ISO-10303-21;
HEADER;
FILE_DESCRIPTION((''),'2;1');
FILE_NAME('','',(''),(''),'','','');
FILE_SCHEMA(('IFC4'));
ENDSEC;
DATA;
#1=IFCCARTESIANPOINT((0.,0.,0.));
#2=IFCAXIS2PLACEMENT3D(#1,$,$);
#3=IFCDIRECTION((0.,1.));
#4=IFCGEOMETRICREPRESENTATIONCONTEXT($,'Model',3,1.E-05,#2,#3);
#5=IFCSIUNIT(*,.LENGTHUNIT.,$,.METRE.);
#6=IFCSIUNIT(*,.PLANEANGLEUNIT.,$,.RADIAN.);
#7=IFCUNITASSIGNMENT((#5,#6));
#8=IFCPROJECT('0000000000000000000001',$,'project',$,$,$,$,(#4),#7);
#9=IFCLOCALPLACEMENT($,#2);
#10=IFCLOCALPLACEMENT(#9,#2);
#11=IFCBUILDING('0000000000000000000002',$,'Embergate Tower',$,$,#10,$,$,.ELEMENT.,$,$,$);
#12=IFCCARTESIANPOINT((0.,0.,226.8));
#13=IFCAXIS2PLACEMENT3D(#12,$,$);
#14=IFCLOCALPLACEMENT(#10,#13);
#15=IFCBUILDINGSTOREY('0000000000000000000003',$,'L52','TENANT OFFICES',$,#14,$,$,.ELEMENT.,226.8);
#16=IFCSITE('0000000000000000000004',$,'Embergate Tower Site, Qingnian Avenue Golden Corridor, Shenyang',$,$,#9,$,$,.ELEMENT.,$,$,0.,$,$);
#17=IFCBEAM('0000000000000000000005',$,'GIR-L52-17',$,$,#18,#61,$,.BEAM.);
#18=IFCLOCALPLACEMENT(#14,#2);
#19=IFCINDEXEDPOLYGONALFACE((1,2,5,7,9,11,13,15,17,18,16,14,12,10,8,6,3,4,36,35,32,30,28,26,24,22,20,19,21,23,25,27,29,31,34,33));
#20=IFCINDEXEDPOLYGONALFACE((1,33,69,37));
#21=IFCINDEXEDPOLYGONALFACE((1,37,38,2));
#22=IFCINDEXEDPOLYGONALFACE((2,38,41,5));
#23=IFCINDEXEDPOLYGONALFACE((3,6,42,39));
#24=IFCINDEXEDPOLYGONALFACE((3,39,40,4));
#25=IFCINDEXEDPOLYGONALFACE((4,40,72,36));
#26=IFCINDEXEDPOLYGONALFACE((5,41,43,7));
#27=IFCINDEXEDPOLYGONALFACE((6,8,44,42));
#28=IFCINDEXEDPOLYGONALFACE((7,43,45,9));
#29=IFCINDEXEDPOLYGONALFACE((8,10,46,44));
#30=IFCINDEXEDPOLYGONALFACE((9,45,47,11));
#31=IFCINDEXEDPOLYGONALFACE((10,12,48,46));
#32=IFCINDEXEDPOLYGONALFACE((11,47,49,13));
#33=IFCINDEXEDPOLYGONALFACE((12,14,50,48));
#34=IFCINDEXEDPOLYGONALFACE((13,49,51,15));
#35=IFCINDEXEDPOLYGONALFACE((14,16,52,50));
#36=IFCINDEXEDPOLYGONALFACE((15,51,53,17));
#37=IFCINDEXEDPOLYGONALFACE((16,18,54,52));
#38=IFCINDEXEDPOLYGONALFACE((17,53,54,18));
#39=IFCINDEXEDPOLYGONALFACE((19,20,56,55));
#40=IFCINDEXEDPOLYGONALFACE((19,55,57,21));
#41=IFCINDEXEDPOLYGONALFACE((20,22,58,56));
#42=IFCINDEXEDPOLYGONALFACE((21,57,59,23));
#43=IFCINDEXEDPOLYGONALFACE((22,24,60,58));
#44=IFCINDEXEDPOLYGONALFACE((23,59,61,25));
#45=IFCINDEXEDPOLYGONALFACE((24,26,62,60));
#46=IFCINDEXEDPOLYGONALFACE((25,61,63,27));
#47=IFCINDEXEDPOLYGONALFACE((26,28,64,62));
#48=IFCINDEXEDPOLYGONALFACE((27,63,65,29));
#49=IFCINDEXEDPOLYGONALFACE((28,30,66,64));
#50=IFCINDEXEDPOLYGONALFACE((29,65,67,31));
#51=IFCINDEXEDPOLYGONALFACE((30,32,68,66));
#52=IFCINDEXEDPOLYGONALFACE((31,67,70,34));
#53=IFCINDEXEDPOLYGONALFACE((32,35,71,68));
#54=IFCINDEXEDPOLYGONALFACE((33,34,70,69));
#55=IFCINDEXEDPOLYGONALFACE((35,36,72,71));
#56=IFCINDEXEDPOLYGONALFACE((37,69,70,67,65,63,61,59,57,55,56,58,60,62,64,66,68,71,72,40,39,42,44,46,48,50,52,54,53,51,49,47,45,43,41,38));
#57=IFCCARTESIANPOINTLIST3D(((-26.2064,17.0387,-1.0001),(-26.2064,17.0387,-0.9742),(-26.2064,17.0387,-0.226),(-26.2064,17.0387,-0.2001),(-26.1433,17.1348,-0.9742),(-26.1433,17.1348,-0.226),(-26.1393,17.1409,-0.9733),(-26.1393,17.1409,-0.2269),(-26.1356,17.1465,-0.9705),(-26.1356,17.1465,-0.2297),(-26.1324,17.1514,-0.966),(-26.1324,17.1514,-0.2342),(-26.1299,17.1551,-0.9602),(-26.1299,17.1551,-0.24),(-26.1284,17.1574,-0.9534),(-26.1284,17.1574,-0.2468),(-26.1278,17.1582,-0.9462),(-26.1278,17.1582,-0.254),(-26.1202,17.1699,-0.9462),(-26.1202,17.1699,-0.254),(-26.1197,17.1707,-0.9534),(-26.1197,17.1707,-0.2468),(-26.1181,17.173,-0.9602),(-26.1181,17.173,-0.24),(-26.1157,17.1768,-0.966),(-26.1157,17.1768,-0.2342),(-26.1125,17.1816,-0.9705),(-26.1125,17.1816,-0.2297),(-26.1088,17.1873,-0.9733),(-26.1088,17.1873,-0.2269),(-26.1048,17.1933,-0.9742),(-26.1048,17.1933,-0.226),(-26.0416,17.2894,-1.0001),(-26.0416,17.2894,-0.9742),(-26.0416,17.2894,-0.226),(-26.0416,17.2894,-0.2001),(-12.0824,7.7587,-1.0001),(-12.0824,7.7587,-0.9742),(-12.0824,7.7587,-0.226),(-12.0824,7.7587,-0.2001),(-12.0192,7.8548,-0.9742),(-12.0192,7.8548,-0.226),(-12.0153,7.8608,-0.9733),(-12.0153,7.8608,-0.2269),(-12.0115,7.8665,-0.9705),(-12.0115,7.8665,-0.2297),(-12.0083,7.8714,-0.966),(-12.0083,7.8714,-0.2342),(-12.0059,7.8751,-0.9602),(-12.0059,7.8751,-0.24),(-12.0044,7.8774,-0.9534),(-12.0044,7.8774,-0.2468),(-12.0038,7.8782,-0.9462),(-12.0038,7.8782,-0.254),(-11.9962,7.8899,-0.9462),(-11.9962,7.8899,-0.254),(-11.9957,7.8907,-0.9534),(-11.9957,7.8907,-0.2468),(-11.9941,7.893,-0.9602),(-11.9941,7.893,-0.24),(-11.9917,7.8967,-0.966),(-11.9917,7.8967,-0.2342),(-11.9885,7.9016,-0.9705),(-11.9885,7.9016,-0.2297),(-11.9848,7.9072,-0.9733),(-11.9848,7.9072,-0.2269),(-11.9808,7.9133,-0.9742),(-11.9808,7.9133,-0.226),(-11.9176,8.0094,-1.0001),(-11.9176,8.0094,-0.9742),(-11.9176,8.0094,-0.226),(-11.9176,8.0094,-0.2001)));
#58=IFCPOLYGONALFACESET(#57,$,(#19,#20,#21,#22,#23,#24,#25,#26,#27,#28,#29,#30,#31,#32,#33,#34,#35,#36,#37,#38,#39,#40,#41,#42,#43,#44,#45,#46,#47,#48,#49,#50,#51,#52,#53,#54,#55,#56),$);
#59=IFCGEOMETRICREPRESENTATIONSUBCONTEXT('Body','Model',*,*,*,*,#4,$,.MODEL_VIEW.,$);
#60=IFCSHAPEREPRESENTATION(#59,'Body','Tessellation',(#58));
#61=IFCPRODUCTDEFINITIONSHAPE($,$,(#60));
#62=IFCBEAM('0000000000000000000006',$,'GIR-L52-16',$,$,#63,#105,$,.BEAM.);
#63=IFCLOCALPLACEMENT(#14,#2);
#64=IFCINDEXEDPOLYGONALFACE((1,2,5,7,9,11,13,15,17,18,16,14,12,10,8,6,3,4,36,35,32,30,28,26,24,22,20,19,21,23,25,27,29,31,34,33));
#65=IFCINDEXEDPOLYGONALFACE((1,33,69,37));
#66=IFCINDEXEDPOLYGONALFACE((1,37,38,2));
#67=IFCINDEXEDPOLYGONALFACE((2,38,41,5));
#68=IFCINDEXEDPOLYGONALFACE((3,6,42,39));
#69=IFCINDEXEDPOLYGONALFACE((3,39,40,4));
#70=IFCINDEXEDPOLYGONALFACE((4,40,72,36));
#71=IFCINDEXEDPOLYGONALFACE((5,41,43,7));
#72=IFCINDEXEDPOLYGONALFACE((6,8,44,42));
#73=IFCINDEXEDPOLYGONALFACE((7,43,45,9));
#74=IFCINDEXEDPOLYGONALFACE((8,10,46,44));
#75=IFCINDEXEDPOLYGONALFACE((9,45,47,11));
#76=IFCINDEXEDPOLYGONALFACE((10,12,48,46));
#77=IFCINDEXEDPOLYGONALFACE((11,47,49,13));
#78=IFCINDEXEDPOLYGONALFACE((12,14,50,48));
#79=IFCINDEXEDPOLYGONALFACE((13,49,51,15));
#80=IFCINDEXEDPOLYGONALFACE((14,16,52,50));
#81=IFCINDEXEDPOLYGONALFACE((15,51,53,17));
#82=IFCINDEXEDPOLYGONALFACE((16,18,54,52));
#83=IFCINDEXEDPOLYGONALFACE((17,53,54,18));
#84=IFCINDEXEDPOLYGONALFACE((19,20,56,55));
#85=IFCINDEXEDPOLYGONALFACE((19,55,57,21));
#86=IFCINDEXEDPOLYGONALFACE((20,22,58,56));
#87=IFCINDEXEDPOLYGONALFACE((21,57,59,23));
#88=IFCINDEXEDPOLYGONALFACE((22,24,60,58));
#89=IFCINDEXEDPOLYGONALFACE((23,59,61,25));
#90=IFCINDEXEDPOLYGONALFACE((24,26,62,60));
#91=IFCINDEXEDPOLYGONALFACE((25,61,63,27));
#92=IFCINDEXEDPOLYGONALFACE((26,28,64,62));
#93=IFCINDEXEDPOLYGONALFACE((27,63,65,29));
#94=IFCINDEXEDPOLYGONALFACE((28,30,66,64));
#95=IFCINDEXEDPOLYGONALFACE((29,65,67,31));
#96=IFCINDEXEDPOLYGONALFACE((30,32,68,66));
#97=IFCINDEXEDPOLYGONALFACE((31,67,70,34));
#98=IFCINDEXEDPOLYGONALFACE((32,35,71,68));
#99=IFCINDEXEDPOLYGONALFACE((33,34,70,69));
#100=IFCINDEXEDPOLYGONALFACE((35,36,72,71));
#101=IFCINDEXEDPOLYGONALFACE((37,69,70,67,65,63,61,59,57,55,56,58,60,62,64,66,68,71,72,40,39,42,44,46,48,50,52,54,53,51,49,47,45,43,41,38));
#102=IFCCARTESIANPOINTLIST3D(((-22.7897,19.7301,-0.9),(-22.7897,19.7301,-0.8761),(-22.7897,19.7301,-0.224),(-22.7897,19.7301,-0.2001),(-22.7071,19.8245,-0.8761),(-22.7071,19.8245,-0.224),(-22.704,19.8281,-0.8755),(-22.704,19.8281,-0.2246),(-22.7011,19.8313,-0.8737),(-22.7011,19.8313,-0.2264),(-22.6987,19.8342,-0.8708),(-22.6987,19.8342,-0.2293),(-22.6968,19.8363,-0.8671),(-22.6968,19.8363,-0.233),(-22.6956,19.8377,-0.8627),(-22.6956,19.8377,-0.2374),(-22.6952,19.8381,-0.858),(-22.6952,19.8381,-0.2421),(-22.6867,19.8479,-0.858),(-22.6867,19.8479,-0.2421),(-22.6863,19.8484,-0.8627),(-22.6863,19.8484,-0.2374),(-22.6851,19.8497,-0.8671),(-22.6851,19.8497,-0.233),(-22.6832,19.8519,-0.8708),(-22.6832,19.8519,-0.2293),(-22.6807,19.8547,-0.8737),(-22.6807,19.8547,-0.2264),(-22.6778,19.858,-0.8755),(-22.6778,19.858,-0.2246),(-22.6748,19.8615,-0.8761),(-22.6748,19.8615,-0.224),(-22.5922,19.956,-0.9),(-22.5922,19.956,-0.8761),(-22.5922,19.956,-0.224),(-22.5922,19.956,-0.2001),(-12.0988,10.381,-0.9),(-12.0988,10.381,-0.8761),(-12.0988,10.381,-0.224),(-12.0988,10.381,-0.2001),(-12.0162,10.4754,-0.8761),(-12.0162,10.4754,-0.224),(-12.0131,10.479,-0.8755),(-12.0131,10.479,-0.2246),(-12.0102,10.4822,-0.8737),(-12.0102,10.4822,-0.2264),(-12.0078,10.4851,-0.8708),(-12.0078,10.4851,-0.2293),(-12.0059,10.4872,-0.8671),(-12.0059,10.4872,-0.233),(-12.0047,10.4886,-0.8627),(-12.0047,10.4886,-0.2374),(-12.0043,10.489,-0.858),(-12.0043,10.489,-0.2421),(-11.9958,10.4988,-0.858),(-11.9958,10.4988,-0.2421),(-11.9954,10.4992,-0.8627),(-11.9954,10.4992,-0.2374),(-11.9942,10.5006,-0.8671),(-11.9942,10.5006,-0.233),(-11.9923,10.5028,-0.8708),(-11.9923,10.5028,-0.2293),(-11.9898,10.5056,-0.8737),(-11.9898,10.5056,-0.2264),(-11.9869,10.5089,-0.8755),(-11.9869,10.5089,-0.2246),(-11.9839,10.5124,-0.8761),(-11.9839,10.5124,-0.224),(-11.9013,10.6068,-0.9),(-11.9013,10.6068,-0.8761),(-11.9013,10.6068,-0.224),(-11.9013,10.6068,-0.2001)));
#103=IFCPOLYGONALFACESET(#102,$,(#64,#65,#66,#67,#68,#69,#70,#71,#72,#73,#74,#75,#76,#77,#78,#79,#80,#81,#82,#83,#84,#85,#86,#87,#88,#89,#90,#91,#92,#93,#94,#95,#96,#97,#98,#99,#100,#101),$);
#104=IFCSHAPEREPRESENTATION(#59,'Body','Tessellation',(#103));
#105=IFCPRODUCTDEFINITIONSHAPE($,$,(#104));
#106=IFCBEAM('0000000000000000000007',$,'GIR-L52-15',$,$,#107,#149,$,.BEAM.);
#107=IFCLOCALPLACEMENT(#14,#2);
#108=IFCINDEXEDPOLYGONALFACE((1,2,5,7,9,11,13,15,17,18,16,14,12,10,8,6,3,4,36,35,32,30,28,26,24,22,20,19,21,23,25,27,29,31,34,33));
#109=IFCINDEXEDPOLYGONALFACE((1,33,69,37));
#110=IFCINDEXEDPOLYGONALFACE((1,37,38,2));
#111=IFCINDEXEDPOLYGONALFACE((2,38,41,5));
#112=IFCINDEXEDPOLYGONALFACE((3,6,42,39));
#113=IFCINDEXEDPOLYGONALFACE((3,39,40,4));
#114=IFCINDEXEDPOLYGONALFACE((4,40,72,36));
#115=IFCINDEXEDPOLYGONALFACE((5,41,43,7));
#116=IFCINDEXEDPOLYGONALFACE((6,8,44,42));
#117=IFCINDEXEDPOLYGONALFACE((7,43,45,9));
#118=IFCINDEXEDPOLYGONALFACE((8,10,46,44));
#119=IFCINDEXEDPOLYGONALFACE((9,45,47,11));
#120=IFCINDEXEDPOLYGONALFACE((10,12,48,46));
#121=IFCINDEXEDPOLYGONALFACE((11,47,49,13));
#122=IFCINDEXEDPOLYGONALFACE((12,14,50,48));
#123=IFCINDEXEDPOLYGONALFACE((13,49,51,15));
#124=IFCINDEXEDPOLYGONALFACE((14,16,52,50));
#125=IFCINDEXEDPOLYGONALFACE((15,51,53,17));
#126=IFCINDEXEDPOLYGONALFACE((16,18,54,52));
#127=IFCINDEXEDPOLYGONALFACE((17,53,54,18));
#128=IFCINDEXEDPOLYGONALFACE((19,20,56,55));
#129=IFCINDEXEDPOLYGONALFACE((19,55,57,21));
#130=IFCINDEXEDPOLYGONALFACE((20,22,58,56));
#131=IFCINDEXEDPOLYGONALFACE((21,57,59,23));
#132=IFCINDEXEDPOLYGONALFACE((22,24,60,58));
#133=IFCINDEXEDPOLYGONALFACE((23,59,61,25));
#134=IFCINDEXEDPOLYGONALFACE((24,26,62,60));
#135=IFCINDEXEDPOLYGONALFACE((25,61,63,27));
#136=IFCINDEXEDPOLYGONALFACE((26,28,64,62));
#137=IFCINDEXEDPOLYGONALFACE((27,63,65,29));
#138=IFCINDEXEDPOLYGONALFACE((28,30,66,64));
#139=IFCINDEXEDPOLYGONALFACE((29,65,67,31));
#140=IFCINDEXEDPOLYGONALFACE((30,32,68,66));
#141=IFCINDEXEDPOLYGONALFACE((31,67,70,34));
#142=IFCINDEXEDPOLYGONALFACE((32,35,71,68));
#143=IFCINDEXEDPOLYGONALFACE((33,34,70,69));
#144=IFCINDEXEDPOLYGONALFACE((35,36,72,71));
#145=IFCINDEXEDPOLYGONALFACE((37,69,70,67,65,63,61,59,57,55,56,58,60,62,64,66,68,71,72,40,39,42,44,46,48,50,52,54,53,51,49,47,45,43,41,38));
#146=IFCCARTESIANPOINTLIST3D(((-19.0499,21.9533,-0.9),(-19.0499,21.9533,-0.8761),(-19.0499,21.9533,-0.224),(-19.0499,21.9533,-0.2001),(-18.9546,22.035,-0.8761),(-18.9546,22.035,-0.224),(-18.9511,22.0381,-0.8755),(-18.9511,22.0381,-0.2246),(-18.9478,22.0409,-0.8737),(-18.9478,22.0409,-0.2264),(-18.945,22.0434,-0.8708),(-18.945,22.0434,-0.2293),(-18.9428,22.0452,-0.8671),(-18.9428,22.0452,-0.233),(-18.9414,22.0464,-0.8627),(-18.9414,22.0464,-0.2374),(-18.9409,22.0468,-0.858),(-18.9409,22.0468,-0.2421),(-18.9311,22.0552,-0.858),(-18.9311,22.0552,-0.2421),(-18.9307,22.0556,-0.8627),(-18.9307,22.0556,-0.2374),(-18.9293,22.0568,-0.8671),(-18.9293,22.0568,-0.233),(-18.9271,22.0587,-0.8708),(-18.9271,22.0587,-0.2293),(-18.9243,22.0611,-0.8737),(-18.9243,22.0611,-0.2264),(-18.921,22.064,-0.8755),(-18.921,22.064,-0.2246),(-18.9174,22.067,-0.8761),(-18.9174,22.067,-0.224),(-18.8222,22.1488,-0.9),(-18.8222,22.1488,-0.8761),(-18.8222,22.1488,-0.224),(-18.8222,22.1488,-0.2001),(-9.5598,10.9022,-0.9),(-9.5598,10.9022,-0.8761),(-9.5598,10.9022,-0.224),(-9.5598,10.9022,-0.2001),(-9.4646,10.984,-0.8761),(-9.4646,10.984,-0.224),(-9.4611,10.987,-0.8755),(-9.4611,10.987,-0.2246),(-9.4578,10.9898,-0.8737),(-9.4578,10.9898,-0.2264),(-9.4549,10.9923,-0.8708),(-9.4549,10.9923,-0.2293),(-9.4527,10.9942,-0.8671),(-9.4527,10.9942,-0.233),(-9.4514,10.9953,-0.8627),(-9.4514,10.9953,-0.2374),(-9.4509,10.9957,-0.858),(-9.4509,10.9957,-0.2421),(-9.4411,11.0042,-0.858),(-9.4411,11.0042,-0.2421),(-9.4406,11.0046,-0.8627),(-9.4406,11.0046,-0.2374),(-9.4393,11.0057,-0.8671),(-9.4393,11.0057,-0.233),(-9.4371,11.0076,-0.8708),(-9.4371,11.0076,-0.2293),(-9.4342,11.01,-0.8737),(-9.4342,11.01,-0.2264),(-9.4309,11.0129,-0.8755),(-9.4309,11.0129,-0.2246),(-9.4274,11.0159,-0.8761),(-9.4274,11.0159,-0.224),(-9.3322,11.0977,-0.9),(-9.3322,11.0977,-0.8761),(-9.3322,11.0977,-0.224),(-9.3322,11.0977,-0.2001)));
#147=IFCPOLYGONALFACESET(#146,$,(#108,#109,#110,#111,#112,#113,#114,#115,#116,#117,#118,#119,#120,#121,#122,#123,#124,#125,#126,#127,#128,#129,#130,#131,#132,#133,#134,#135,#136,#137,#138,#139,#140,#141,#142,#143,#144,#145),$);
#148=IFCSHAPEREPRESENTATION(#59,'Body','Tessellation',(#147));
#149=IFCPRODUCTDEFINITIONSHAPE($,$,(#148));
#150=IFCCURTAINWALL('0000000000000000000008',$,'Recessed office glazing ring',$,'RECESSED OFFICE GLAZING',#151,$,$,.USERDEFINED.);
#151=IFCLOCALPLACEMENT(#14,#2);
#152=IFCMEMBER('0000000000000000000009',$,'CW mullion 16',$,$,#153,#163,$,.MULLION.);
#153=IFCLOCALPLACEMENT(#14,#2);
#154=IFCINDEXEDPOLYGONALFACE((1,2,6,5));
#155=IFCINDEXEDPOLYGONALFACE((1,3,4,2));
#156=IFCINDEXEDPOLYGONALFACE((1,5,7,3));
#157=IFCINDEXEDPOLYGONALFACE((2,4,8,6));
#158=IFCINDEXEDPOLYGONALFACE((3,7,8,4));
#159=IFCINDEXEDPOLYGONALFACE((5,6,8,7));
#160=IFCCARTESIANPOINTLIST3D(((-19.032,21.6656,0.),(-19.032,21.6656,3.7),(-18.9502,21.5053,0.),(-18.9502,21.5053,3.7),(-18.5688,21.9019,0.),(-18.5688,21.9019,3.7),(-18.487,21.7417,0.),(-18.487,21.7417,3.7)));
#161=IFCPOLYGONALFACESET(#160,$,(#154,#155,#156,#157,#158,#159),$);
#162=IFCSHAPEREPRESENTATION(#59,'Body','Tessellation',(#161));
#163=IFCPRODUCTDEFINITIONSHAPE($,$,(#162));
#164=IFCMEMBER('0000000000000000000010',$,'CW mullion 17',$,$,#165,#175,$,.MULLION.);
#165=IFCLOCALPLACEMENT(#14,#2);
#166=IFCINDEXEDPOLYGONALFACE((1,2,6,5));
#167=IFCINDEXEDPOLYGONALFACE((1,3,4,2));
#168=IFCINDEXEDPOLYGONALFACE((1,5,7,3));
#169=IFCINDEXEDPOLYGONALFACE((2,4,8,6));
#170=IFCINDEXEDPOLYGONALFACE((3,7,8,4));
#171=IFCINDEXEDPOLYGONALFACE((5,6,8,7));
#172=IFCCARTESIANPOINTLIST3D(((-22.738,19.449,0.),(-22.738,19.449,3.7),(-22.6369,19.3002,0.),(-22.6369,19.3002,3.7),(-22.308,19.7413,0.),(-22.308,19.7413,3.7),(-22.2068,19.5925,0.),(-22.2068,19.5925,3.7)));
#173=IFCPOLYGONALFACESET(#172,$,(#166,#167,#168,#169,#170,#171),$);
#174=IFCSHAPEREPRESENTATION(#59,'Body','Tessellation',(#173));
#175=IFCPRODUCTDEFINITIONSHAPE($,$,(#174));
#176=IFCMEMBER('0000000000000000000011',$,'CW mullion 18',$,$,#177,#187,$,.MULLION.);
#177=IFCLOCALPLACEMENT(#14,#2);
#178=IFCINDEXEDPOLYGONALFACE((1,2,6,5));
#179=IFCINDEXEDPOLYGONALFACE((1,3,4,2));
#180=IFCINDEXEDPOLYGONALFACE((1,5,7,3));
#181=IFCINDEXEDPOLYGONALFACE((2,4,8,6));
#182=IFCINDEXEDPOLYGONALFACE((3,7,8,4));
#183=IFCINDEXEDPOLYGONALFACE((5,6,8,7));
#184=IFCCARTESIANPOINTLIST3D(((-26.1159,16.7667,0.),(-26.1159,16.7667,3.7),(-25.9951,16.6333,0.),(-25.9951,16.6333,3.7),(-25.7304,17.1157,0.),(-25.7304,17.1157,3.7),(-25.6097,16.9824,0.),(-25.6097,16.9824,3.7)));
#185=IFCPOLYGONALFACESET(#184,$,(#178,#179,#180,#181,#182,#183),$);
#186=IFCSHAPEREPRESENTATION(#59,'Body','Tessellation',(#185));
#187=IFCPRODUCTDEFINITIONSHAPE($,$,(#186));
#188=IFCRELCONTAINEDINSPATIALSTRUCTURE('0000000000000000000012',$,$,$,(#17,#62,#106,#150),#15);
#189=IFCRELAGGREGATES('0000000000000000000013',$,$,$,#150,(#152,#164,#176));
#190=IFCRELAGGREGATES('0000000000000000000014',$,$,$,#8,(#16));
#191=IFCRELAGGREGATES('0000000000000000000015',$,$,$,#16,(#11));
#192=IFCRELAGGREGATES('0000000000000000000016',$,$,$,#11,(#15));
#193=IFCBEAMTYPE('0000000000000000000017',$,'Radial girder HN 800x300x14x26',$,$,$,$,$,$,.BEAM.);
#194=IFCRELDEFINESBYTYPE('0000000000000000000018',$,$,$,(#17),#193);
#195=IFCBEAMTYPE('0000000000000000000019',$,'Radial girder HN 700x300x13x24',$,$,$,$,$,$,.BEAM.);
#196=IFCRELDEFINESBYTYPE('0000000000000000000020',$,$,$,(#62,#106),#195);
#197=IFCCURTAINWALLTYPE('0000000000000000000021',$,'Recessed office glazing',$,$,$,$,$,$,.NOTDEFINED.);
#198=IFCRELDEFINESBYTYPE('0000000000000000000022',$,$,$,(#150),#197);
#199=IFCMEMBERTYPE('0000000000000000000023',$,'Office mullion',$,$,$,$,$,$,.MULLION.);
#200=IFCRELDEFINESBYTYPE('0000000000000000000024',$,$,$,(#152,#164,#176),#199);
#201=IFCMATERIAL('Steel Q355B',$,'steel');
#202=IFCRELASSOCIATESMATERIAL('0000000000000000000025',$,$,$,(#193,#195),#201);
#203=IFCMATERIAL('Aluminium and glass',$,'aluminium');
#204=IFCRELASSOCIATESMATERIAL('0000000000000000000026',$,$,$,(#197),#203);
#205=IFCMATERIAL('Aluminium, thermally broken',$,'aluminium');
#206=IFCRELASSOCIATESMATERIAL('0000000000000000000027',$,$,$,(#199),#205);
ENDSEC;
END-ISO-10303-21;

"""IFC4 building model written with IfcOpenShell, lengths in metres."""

from ifc_helpers import new_model, si_unit, direction, frame, origin, origin_2d, place, context, subcontext, project, spatial, rectangle, i_section, extrude, source, transform, mapped, material, material_profile, profile_set, type_object, element, aggregate, save


model = new_model("IFC4")

# Units and contexts
model_context = context("Model", 3, precision=1e-05, world=origin(), true_north=direction((0.0, 1.0)))
body_context = subcontext(model_context, "Body", "Model", "MODEL_VIEW")
ifc_project = project(units=[si_unit("LENGTHUNIT", "METRE"), si_unit("PLANEANGLEUNIT", "RADIAN")], contexts=[model_context])

# Site, building, storey
site_placement = place(None, origin())
site = spatial("IfcSite", under=ifc_project, at=site_placement, Name="Embergate Tower Site, Qingnian Avenue Golden Corridor, Shenyang", CompositionType="ELEMENT", RefElevation=0.0)
building_placement = place(site_placement, origin())
building = spatial("IfcBuilding", under=site, at=building_placement, Name="Embergate Tower", CompositionType="ELEMENT")
storey_placement = place(building_placement, frame((0.0, 0.0, 226.8)))
storey = spatial("IfcBuildingStorey", under=building, at=storey_placement, Name="L52", Description="TENANT OFFICES", CompositionType="ELEMENT", Elevation=226.8)

# Beams
ifc_material_1 = material(Name="Steel Q355B", Category="steel")
ifc_material_profile_1 = material_profile(ifc_material_1, i_section(OverallWidth=0.3, OverallDepth=0.8, WebThickness=0.0139, FlangeThickness=0.0259, FilletRadius=0.0281, at=origin_2d()), Name="HN 800x300x14x26")
ifc_profile_set_1 = profile_set([ifc_material_profile_1], Name="Steel Q355 grade B")
beam_type_1 = type_object("IfcBeamType", Name="Radial girder HN 800x300x14x26", PredefinedType="BEAM", material=ifc_profile_set_1)
shared_shape_1 = source(origin(), body_context, "Body", "SweptSolid", [
    extrude(i_section(OverallWidth=0.3, OverallDepth=0.8, WebThickness=0.0139, FlangeThickness=0.0259, FilletRadius=0.0281, at=origin_2d()), origin(), (0.0, 0.0, 1.0), 16.8999),
])
beam_1_placement = place(storey_placement, frame((-26.124, 17.1641, -0.6001), z_axis=(0.835745, -0.549117, 0.0), x_axis=(0.549117, 0.835745, 0.0)))
element("IfcBeam", 1, at=beam_1_placement, inside=storey, type_object=beam_type_1, Name="GIR-L52-17", PredefinedType="BEAM", context=body_context, shape_type="MappedRepresentation", body=[
    mapped(shared_shape_1, transform((0.0, 0.0, 0.0))),
])
ifc_material_profile_2 = material_profile(ifc_material_1, i_section(OverallWidth=0.3, OverallDepth=0.7, WebThickness=0.0129, FlangeThickness=0.0239, FilletRadius=0.0181, at=origin_2d()), Name="HN 700x300x13x24")
ifc_profile_set_2 = profile_set([ifc_material_profile_2], Name="Steel Q355 grade B")
beam_type_2 = type_object("IfcBeamType", Name="Radial girder HN 700x300x13x24", PredefinedType="BEAM", material=ifc_profile_set_2)
shared_shape_2 = source(origin(), body_context, "Body", "SweptSolid", [
    extrude(i_section(OverallWidth=0.3, OverallDepth=0.7, WebThickness=0.0129, FlangeThickness=0.0239, FilletRadius=0.0181, at=origin_2d()), origin(), (0.0, 0.0, 1.0), 14.2021),
])
beam_2_placement = place(storey_placement, frame((-22.6909, 19.843, -0.55), z_axis=(0.752766, -0.658288, 0.0), x_axis=(0.658288, 0.752766, 0.0)))
element("IfcBeam", 2, at=beam_2_placement, inside=storey, type_object=beam_type_2, Name="GIR-L52-16", PredefinedType="BEAM", context=body_context, shape_type="MappedRepresentation", body=[
    mapped(shared_shape_2, transform((0.0, 0.0, 0.0))),
])
shared_shape_3 = source(origin(), body_context, "Body", "SweptSolid", [
    extrude(i_section(OverallWidth=0.3, OverallDepth=0.7, WebThickness=0.0129, FlangeThickness=0.0239, FilletRadius=0.0181, at=origin_2d()), origin(), (0.0, 0.0, 1.0), 14.5667),
])
beam_3_placement = place(storey_placement, frame((-18.936, 22.051, -0.55), z_axis=(0.651491, -0.758656, 0.0), x_axis=(0.758656, 0.651491, 0.0)))
element("IfcBeam", 3, at=beam_3_placement, inside=storey, type_object=beam_type_2, Name="GIR-L52-15", PredefinedType="BEAM", context=body_context, shape_type="MappedRepresentation", body=[
    mapped(shared_shape_3, transform((0.0, 0.0, 0.0))),
])

# Curtain wall, members
ifc_material_2 = material(Name="Aluminium and glass", Category="aluminium")
curtain_wall_type = type_object("IfcCurtainWallType", Name="Recessed office glazing", PredefinedType="NOTDEFINED", material=ifc_material_2)
curtain_wall_placement = place(storey_placement, origin())
curtain_wall = element("IfcCurtainWall", 4, at=curtain_wall_placement, inside=storey, type_object=curtain_wall_type, Name="Recessed office glazing ring", ObjectType="RECESSED OFFICE GLAZING", PredefinedType="USERDEFINED")
ifc_material_3 = material(Name="Aluminium, thermally broken", Category="aluminium")
ifc_material_profile_3 = material_profile(ifc_material_3, rectangle(XDim=0.1799, YDim=0.52, at=origin_2d()), Name="AL 520x180")
ifc_profile_set_3 = profile_set([ifc_material_profile_3], Name="Aluminium, thermally broken")
member_type_1 = type_object("IfcMemberType", Name="Office mullion", PredefinedType="MULLION", material=ifc_profile_set_3)
shared_shape_4 = source(origin(), body_context, "Body", "SweptSolid", [
    extrude(rectangle(XDim=0.1799, YDim=0.52, at=origin_2d()), origin(), (0.0, 0.0, 1.0), 3.7),
])
member_1_placement = place(storey_placement, frame((-18.7595, 21.7036, 0.0), z_axis=(0.0, 0.0, 1.0), x_axis=(0.454513, -0.89074, 0.0)))
member_1 = element("IfcMember", 5, at=member_1_placement, type_object=member_type_1, Name="CW mullion 16", PredefinedType="MULLION", context=body_context, shape_type="MappedRepresentation", body=[
    mapped(shared_shape_4, transform((0.0, 0.0, 0.0))),
])
member_2_placement = place(storey_placement, frame((-22.4724, 19.5208, 0.0), z_axis=(0.0, 0.0, 1.0), x_axis=(0.562219, -0.826988, 0.0)))
member_2 = element("IfcMember", 6, at=member_2_placement, type_object=member_type_1, Name="CW mullion 17", PredefinedType="MULLION", context=body_context, shape_type="MappedRepresentation", body=[
    mapped(shared_shape_4, transform((0.0, 0.0, 0.0))),
])
member_3_placement = place(storey_placement, frame((-25.8628, 16.8745, 0.0), z_axis=(0.0, 0.0, 1.0), x_axis=(0.671228, -0.741251, 0.0)))
member_3 = element("IfcMember", 7, at=member_3_placement, type_object=member_type_1, Name="CW mullion 18", PredefinedType="MULLION", context=body_context, shape_type="MappedRepresentation", body=[
    mapped(shared_shape_4, transform((0.0, 0.0, 0.0))),
])
aggregate(curtain_wall, [member_1, member_2, member_3])

save(model, "model.ifc")
